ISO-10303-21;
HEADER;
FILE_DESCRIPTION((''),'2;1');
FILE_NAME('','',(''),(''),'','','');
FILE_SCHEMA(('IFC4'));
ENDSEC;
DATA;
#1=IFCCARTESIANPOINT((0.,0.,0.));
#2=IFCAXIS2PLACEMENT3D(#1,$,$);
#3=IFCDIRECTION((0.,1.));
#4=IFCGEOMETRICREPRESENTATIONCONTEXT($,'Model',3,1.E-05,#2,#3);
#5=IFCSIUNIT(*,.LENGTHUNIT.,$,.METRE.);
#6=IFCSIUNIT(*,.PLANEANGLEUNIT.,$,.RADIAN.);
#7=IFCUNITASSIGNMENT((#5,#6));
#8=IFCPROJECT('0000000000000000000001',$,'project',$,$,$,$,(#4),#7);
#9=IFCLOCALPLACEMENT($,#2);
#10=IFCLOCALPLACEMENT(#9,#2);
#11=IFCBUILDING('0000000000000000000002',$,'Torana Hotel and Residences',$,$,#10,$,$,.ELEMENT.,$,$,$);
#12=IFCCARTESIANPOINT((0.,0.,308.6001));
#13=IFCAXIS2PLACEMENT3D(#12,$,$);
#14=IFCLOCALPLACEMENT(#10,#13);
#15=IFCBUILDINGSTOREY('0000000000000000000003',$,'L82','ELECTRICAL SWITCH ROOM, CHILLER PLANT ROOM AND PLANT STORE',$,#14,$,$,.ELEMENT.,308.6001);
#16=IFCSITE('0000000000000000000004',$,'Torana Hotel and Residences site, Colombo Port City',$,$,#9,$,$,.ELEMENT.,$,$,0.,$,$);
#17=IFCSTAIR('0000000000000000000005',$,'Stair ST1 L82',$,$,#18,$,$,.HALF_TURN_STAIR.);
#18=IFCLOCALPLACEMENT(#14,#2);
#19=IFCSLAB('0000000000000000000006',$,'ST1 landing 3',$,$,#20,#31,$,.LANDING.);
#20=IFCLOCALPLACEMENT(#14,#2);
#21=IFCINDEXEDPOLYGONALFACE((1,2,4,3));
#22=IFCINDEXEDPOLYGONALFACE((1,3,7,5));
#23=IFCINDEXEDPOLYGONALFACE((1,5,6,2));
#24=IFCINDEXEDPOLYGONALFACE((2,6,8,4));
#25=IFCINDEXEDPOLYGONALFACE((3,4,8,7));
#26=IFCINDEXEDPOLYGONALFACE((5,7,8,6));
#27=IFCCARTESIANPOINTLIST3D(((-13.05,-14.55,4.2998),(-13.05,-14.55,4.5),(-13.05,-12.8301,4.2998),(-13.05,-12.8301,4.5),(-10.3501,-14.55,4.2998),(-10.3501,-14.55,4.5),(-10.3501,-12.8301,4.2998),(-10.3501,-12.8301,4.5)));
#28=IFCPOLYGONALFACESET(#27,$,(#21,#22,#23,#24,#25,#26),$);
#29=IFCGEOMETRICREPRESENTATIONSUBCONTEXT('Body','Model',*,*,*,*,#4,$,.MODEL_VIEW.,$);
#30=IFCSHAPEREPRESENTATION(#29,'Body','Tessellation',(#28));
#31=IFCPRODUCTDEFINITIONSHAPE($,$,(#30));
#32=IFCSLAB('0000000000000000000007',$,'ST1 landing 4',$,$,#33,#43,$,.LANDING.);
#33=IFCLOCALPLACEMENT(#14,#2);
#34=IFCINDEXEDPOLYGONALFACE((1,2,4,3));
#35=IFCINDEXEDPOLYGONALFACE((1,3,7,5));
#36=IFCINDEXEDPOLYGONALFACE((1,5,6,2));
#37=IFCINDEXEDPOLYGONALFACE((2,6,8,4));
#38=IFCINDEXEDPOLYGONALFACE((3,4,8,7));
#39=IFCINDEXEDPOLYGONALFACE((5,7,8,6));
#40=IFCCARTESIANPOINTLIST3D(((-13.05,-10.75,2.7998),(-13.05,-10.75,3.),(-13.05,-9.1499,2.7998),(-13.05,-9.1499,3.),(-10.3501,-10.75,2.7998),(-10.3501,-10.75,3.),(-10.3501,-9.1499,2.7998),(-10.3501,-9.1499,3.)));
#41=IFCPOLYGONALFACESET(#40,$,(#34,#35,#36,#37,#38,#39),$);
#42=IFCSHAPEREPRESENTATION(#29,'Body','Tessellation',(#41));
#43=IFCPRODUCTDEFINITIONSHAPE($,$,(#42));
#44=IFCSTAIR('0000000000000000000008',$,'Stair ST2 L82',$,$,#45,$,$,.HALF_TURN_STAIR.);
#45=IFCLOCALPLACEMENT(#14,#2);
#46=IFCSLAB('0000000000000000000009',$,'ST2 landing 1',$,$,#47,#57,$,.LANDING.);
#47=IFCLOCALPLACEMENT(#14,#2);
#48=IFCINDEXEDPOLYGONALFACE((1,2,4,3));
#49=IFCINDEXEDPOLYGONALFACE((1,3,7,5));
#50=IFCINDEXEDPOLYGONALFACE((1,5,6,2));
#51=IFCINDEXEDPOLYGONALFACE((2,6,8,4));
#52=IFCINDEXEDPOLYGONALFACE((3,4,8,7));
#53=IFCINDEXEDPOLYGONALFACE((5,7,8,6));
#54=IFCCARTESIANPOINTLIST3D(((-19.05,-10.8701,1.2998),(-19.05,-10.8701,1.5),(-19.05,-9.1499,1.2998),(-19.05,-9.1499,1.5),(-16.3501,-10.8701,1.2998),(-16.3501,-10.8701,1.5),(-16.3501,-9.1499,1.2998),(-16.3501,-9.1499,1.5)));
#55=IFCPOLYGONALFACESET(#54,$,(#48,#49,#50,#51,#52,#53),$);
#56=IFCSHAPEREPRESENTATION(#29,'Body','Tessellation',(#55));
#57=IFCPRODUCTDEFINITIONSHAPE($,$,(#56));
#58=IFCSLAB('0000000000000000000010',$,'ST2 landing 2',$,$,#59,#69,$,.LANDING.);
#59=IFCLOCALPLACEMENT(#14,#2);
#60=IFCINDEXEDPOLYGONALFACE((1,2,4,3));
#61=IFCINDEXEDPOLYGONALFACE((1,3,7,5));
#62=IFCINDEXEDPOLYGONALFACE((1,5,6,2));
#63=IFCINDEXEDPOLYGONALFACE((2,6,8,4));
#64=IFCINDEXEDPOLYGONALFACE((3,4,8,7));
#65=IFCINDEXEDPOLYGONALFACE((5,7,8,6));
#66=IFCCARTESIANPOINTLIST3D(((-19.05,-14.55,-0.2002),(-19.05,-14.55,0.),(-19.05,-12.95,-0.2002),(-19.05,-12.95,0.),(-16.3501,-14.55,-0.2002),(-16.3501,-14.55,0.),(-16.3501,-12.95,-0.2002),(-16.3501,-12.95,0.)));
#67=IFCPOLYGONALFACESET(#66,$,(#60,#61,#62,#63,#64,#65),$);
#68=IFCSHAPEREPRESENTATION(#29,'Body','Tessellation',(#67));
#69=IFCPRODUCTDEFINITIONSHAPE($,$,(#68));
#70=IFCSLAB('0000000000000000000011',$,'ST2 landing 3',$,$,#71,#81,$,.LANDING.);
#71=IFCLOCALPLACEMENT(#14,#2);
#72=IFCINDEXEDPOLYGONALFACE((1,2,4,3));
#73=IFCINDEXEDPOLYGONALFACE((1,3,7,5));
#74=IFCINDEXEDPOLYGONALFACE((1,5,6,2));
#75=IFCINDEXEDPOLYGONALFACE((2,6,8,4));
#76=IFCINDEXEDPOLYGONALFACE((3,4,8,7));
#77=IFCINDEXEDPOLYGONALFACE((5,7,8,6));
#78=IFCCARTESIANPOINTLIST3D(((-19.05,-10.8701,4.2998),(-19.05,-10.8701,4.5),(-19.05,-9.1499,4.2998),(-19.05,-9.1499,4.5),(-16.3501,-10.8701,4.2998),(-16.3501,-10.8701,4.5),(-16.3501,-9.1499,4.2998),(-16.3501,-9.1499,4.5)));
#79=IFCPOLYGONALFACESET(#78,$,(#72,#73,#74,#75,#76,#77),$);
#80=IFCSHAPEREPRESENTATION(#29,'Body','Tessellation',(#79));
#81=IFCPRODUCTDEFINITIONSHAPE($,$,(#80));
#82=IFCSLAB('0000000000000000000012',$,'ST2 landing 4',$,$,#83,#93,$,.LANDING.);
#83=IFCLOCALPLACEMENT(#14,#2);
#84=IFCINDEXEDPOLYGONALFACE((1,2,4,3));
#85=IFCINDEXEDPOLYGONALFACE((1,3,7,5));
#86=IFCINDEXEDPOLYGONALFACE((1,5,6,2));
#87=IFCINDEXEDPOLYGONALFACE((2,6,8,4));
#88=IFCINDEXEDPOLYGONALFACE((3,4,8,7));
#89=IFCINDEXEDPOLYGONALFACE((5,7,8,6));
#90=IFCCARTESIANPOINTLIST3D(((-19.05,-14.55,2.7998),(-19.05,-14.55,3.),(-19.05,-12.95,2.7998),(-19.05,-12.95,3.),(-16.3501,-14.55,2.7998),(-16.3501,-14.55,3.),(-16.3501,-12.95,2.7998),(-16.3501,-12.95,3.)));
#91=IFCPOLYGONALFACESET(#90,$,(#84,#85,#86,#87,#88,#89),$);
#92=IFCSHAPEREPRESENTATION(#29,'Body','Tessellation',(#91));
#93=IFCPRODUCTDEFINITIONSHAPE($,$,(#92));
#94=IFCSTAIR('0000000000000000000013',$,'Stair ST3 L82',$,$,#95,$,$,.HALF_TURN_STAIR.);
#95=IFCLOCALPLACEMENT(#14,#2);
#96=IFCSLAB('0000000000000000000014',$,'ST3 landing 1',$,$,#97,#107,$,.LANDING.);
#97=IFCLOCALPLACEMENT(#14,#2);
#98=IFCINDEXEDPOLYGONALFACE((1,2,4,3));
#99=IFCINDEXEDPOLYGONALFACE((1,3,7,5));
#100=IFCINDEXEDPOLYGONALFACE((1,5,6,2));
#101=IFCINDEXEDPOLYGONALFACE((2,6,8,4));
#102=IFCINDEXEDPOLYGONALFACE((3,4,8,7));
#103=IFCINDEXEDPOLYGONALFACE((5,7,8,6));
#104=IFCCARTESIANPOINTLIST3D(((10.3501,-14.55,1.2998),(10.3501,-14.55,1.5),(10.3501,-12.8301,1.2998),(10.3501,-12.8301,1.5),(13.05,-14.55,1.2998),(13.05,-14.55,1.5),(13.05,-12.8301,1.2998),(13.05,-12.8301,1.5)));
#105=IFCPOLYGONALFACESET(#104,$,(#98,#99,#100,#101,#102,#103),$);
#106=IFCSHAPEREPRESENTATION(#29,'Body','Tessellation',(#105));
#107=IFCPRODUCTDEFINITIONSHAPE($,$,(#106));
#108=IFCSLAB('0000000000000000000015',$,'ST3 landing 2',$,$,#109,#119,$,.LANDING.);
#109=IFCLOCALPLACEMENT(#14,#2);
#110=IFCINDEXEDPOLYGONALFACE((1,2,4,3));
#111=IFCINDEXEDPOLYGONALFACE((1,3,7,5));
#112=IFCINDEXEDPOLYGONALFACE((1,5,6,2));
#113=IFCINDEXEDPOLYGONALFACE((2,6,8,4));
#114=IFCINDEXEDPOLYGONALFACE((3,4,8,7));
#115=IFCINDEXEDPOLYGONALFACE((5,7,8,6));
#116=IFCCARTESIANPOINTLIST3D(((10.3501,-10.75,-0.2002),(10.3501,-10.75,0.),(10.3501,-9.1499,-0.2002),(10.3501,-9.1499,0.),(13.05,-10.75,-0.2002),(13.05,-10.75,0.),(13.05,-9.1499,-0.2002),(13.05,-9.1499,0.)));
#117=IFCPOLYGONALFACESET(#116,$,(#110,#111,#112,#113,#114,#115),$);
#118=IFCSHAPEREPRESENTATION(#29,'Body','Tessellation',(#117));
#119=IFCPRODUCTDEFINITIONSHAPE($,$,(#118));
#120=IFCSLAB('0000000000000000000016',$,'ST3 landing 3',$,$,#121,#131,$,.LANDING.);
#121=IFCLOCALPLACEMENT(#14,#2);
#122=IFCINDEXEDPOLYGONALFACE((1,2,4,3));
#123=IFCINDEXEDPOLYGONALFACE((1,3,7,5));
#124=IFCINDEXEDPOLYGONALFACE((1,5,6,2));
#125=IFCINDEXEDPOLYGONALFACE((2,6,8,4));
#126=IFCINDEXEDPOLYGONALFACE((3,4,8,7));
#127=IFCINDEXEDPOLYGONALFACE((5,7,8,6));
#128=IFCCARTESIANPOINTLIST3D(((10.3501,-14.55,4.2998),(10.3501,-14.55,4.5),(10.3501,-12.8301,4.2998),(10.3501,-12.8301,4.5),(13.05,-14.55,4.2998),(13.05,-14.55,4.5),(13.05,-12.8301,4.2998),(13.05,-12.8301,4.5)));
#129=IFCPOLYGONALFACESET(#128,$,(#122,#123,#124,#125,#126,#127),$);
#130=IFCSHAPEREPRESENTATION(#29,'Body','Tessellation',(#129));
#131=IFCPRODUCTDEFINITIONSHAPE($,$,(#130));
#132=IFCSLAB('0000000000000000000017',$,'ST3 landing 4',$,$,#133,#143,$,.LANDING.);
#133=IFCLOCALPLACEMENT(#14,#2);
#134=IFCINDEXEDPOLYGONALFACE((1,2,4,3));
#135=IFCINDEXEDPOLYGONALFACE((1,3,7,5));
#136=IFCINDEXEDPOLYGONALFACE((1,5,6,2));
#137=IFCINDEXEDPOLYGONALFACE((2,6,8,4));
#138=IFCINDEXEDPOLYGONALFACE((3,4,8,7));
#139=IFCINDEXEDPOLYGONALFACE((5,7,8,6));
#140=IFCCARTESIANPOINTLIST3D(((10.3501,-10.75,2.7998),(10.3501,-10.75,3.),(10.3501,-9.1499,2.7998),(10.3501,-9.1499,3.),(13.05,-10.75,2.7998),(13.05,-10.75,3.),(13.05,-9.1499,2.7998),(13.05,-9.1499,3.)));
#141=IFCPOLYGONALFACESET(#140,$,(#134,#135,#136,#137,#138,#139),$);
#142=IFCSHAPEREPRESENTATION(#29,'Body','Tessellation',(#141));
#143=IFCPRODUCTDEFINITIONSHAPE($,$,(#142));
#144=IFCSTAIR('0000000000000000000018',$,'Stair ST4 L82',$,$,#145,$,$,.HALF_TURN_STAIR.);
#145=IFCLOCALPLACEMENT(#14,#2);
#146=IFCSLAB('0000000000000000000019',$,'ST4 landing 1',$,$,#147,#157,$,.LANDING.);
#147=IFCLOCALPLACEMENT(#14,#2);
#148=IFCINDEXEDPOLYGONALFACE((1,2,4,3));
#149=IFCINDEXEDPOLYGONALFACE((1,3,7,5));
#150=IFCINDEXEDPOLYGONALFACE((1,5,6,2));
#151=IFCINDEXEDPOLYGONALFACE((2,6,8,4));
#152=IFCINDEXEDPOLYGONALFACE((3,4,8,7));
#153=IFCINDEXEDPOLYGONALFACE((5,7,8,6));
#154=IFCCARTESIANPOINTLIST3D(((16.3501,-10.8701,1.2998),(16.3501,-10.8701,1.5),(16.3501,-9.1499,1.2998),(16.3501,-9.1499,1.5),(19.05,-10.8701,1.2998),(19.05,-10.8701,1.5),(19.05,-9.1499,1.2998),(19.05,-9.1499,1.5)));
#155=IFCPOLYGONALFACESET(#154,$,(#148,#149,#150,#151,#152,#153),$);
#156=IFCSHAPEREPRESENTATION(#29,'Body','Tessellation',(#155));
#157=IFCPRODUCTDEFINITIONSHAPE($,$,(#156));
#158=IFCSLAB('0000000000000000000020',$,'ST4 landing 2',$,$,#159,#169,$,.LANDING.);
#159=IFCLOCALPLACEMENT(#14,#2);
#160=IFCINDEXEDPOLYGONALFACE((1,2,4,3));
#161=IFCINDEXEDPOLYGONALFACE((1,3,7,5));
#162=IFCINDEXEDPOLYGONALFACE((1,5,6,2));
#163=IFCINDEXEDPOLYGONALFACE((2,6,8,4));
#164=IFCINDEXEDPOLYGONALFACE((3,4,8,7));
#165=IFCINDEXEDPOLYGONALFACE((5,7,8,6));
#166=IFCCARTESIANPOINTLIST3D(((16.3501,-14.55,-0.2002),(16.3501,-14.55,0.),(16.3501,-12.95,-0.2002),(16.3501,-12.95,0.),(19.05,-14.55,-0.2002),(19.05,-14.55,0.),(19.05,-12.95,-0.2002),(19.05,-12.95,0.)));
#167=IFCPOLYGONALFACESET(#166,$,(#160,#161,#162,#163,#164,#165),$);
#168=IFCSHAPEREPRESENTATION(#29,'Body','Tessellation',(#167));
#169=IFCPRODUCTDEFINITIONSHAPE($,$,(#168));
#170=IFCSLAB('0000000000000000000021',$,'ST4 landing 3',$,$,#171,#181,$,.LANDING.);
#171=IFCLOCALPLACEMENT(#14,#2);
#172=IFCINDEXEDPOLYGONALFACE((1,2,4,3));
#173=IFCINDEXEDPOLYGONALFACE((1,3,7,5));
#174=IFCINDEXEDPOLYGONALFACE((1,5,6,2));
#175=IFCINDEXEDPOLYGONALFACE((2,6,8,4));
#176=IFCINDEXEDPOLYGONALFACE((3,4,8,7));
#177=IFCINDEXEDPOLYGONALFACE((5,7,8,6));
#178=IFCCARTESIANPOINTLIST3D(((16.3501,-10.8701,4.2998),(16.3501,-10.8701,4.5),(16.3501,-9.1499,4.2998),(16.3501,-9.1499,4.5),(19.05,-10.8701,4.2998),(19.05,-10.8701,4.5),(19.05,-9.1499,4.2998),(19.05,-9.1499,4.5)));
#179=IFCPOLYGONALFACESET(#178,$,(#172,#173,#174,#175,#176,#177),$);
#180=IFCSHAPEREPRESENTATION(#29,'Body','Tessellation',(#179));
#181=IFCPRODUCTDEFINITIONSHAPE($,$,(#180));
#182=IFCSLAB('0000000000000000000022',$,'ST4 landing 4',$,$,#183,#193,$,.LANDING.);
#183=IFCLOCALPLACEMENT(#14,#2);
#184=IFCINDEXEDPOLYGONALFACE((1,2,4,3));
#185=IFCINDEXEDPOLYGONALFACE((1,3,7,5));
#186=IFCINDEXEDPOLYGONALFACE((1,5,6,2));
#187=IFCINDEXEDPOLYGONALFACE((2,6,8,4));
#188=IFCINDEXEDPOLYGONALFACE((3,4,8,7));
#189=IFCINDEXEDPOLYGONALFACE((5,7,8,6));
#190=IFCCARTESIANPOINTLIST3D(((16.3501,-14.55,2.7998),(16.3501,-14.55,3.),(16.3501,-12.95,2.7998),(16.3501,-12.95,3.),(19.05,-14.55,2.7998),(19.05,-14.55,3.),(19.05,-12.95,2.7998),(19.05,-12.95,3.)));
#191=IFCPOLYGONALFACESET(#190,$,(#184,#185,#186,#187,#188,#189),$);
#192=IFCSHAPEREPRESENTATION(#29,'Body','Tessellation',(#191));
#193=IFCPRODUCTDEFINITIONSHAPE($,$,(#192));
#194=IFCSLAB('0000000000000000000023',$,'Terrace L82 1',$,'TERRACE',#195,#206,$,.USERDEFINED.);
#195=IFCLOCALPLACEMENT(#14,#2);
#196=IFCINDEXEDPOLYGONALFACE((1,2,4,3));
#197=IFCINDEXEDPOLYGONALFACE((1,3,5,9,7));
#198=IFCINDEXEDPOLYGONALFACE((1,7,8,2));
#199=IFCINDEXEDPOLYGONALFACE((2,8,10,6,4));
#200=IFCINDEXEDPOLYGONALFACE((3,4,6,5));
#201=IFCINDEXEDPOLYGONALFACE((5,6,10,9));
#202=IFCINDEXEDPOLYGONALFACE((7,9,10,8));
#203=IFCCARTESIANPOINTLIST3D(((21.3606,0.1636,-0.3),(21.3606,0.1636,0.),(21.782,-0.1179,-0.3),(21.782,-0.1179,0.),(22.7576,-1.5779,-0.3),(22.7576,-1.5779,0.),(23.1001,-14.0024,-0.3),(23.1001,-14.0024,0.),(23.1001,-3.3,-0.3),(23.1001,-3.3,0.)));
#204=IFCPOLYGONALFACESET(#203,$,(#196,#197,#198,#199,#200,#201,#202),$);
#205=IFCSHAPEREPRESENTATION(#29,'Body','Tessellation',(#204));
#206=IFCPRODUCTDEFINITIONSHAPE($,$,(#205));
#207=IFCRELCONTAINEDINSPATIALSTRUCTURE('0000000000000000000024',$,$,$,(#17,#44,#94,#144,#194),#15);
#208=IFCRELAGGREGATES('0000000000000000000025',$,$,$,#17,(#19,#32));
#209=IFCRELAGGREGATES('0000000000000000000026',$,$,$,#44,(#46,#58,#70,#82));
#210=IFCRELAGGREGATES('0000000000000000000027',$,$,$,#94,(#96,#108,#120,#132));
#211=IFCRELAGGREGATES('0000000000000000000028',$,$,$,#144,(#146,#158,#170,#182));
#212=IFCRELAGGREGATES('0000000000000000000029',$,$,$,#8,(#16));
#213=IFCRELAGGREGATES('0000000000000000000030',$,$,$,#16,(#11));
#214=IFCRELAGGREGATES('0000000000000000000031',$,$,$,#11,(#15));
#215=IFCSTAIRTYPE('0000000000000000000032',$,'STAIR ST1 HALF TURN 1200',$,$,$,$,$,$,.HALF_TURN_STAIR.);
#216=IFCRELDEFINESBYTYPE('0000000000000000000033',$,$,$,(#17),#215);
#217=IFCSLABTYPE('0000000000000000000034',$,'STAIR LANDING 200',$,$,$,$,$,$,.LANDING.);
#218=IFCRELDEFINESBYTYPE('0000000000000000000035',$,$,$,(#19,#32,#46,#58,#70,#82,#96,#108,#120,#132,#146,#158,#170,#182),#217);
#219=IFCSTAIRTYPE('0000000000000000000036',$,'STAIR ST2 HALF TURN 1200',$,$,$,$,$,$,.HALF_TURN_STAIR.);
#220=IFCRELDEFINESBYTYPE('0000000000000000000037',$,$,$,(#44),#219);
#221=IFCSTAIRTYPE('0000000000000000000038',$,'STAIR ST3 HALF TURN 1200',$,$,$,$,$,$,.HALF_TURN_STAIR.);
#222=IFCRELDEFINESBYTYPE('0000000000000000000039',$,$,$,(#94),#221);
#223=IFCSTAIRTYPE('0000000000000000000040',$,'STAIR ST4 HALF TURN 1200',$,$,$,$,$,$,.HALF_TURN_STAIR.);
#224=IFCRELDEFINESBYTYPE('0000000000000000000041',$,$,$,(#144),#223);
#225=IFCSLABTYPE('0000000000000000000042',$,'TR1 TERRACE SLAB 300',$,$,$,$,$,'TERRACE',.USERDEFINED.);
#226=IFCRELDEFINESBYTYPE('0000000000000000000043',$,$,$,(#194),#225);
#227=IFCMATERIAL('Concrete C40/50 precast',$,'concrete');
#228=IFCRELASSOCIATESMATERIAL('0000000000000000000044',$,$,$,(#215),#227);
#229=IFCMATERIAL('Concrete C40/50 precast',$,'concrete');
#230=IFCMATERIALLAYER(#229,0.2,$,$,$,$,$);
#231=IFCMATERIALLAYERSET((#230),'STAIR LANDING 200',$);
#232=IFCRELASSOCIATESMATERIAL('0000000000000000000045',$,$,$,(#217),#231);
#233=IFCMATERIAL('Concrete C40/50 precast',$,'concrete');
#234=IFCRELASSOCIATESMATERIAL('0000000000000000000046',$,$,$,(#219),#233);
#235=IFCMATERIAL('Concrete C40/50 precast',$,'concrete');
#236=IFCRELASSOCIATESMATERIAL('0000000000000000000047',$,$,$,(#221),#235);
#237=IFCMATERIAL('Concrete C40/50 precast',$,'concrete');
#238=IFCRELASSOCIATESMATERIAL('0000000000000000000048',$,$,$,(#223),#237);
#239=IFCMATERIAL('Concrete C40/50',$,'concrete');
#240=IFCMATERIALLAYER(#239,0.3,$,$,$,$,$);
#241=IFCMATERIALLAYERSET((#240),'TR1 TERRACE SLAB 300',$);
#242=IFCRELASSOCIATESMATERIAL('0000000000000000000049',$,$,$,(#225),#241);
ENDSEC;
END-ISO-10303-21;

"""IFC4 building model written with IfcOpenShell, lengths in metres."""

from ifc_helpers import new_model, si_unit, direction, frame, origin, place, context, subcontext, project, spatial, polyline, outline, extrude, material, layer, layer_set, type_object, element, aggregate, save


model = new_model("IFC4")

# Units and contexts
model_context = context("Model", 3, precision=1e-05, world=origin(), true_north=direction((0.0, 1.0)))
body_context = subcontext(model_context, "Body", "Model", "MODEL_VIEW")
ifc_project = project(units=[si_unit("LENGTHUNIT", "METRE"), si_unit("PLANEANGLEUNIT", "RADIAN")], contexts=[model_context])

# Site, building, storey
site_placement = place(None, origin())
site = spatial("IfcSite", under=ifc_project, at=site_placement, Name="Torana Hotel and Residences site, Colombo Port City", CompositionType="ELEMENT", RefElevation=0.0)
building_placement = place(site_placement, origin())
building = spatial("IfcBuilding", under=site, at=building_placement, Name="Torana Hotel and Residences", CompositionType="ELEMENT")
storey_placement = place(building_placement, frame((0.0, 0.0, 308.6001)))
storey = spatial("IfcBuildingStorey", under=building, at=storey_placement, Name="L82", Description="ELECTRICAL SWITCH ROOM, CHILLER PLANT ROOM AND PLANT STORE", CompositionType="ELEMENT", Elevation=308.6001)

# Stairs, slabs
ifc_material_1 = material(Name="Concrete C40/50 precast", Category="concrete")
stair_type_1 = type_object("IfcStairType", Name="STAIR ST1 HALF TURN 1200", PredefinedType="HALF_TURN_STAIR", material=ifc_material_1)
stair_1_placement = place(storey_placement, origin())
stair_1 = element("IfcStair", 1, at=stair_1_placement, inside=storey, type_object=stair_type_1, Name="Stair ST1 L82", PredefinedType="HALF_TURN_STAIR")
ifc_material_2 = material(Name="Concrete C40/50 precast", Category="concrete")
ifc_layer_1 = layer(ifc_material_2, 0.2)
ifc_layer_set_1 = layer_set([ifc_layer_1], Name="STAIR LANDING 200")
slab_type_1 = type_object("IfcSlabType", Name="STAIR LANDING 200", PredefinedType="LANDING", material=ifc_layer_set_1)
slab_1_placement = place(storey_placement, frame((0.0, 0.0, 4.2998)))
slab_1 = element("IfcSlab", 2, at=slab_1_placement, type_object=slab_type_1, Name="ST1 landing 3", PredefinedType="LANDING", context=body_context, shape_type="SweptSolid", body=[
    extrude(outline(polyline([(-13.05, -14.55), (-10.3501, -14.55), (-10.3501, -12.8301), (-13.05, -12.8301), (-13.05, -14.55)])), origin(), (0.0, 0.0, 1.0), 0.2002),
])
slab_2_placement = place(storey_placement, frame((0.0, 0.0, 2.7998)))
slab_2 = element("IfcSlab", 3, at=slab_2_placement, type_object=slab_type_1, Name="ST1 landing 4", PredefinedType="LANDING", context=body_context, shape_type="SweptSolid", body=[
    extrude(outline(polyline([(-13.05, -10.75), (-10.3501, -10.75), (-10.3501, -9.1499), (-13.05, -9.1499), (-13.05, -10.75)])), origin(), (0.0, 0.0, 1.0), 0.2002),
])
aggregate(stair_1, [slab_1, slab_2])
ifc_material_3 = material(Name="Concrete C40/50 precast", Category="concrete")
stair_type_2 = type_object("IfcStairType", Name="STAIR ST2 HALF TURN 1200", PredefinedType="HALF_TURN_STAIR", material=ifc_material_3)
stair_2_placement = place(storey_placement, origin())
stair_2 = element("IfcStair", 4, at=stair_2_placement, inside=storey, type_object=stair_type_2, Name="Stair ST2 L82", PredefinedType="HALF_TURN_STAIR")
slab_3_placement = place(storey_placement, frame((0.0, 0.0, 1.2998)))
slab_3 = element("IfcSlab", 5, at=slab_3_placement, type_object=slab_type_1, Name="ST2 landing 1", PredefinedType="LANDING", context=body_context, shape_type="SweptSolid", body=[
    extrude(outline(polyline([(-19.05, -10.8701), (-16.3501, -10.8701), (-16.3501, -9.1499), (-19.05, -9.1499), (-19.05, -10.8701)])), origin(), (0.0, 0.0, 1.0), 0.2002),
])
slab_4_placement = place(storey_placement, frame((0.0, 0.0, -0.2002)))
slab_4 = element("IfcSlab", 6, at=slab_4_placement, type_object=slab_type_1, Name="ST2 landing 2", PredefinedType="LANDING", context=body_context, shape_type="SweptSolid", body=[
    extrude(outline(polyline([(-19.05, -14.55), (-16.3501, -14.55), (-16.3501, -12.95), (-19.05, -12.95), (-19.05, -14.55)])), origin(), (0.0, 0.0, 1.0), 0.2002),
])
slab_5_placement = place(storey_placement, frame((0.0, 0.0, 4.2998)))
slab_5 = element("IfcSlab", 7, at=slab_5_placement, type_object=slab_type_1, Name="ST2 landing 3", PredefinedType="LANDING", context=body_context, shape_type="SweptSolid", body=[
    extrude(outline(polyline([(-19.05, -10.8701), (-16.3501, -10.8701), (-16.3501, -9.1499), (-19.05, -9.1499), (-19.05, -10.8701)])), origin(), (0.0, 0.0, 1.0), 0.2002),
])
slab_6_placement = place(storey_placement, frame((0.0, 0.0, 2.7998)))
slab_6 = element("IfcSlab", 8, at=slab_6_placement, type_object=slab_type_1, Name="ST2 landing 4", PredefinedType="LANDING", context=body_context, shape_type="SweptSolid", body=[
    extrude(outline(polyline([(-19.05, -14.55), (-16.3501, -14.55), (-16.3501, -12.95), (-19.05, -12.95), (-19.05, -14.55)])), origin(), (0.0, 0.0, 1.0), 0.2002),
])
aggregate(stair_2, [slab_3, slab_4, slab_5, slab_6])
ifc_material_4 = material(Name="Concrete C40/50 precast", Category="concrete")
stair_type_3 = type_object("IfcStairType", Name="STAIR ST3 HALF TURN 1200", PredefinedType="HALF_TURN_STAIR", material=ifc_material_4)
stair_3_placement = place(storey_placement, origin())
stair_3 = element("IfcStair", 9, at=stair_3_placement, inside=storey, type_object=stair_type_3, Name="Stair ST3 L82", PredefinedType="HALF_TURN_STAIR")
slab_7_placement = place(storey_placement, frame((0.0, 0.0, 1.2998)))
slab_7 = element("IfcSlab", 10, at=slab_7_placement, type_object=slab_type_1, Name="ST3 landing 1", PredefinedType="LANDING", context=body_context, shape_type="SweptSolid", body=[
    extrude(outline(polyline([(10.3501, -14.55), (13.05, -14.55), (13.05, -12.8301), (10.3501, -12.8301), (10.3501, -14.55)])), origin(), (0.0, 0.0, 1.0), 0.2002),
])
slab_8_placement = place(storey_placement, frame((0.0, 0.0, -0.2002)))
slab_8 = element("IfcSlab", 11, at=slab_8_placement, type_object=slab_type_1, Name="ST3 landing 2", PredefinedType="LANDING", context=body_context, shape_type="SweptSolid", body=[
    extrude(outline(polyline([(10.3501, -10.75), (13.05, -10.75), (13.05, -9.1499), (10.3501, -9.1499), (10.3501, -10.75)])), origin(), (0.0, 0.0, 1.0), 0.2002),
])
slab_9_placement = place(storey_placement, frame((0.0, 0.0, 4.2998)))
slab_9 = element("IfcSlab", 12, at=slab_9_placement, type_object=slab_type_1, Name="ST3 landing 3", PredefinedType="LANDING", context=body_context, shape_type="SweptSolid", body=[
    extrude(outline(polyline([(10.3501, -14.55), (13.05, -14.55), (13.05, -12.8301), (10.3501, -12.8301), (10.3501, -14.55)])), origin(), (0.0, 0.0, 1.0), 0.2002),
])
slab_10_placement = place(storey_placement, frame((0.0, 0.0, 2.7998)))
slab_10 = element("IfcSlab", 13, at=slab_10_placement, type_object=slab_type_1, Name="ST3 landing 4", PredefinedType="LANDING", context=body_context, shape_type="SweptSolid", body=[
    extrude(outline(polyline([(10.3501, -10.75), (13.05, -10.75), (13.05, -9.1499), (10.3501, -9.1499), (10.3501, -10.75)])), origin(), (0.0, 0.0, 1.0), 0.2002),
])
aggregate(stair_3, [slab_7, slab_8, slab_9, slab_10])
ifc_material_5 = material(Name="Concrete C40/50 precast", Category="concrete")
stair_type_4 = type_object("IfcStairType", Name="STAIR ST4 HALF TURN 1200", PredefinedType="HALF_TURN_STAIR", material=ifc_material_5)
stair_4_placement = place(storey_placement, origin())
stair_4 = element("IfcStair", 14, at=stair_4_placement, inside=storey, type_object=stair_type_4, Name="Stair ST4 L82", PredefinedType="HALF_TURN_STAIR")
slab_11_placement = place(storey_placement, frame((0.0, 0.0, 1.2998)))
slab_11 = element("IfcSlab", 15, at=slab_11_placement, type_object=slab_type_1, Name="ST4 landing 1", PredefinedType="LANDING", context=body_context, shape_type="SweptSolid", body=[
    extrude(outline(polyline([(16.3501, -10.8701), (19.05, -10.8701), (19.05, -9.1499), (16.3501, -9.1499), (16.3501, -10.8701)])), origin(), (0.0, 0.0, 1.0), 0.2002),
])
slab_12_placement = place(storey_placement, frame((0.0, 0.0, -0.2002)))
slab_12 = element("IfcSlab", 16, at=slab_12_placement, type_object=slab_type_1, Name="ST4 landing 2", PredefinedType="LANDING", context=body_context, shape_type="SweptSolid", body=[
    extrude(outline(polyline([(16.3501, -14.55), (19.05, -14.55), (19.05, -12.95), (16.3501, -12.95), (16.3501, -14.55)])), origin(), (0.0, 0.0, 1.0), 0.2002),
])
slab_13_placement = place(storey_placement, frame((0.0, 0.0, 4.2998)))
slab_13 = element("IfcSlab", 17, at=slab_13_placement, type_object=slab_type_1, Name="ST4 landing 3", PredefinedType="LANDING", context=body_context, shape_type="SweptSolid", body=[
    extrude(outline(polyline([(16.3501, -10.8701), (19.05, -10.8701), (19.05, -9.1499), (16.3501, -9.1499), (16.3501, -10.8701)])), origin(), (0.0, 0.0, 1.0), 0.2002),
])
slab_14_placement = place(storey_placement, frame((0.0, 0.0, 2.7998)))
slab_14 = element("IfcSlab", 18, at=slab_14_placement, type_object=slab_type_1, Name="ST4 landing 4", PredefinedType="LANDING", context=body_context, shape_type="SweptSolid", body=[
    extrude(outline(polyline([(16.3501, -14.55), (19.05, -14.55), (19.05, -12.95), (16.3501, -12.95), (16.3501, -14.55)])), origin(), (0.0, 0.0, 1.0), 0.2002),
])
aggregate(stair_4, [slab_11, slab_12, slab_13, slab_14])

# Slab
ifc_material_6 = material(Name="Concrete C40/50", Category="concrete")
ifc_layer_2 = layer(ifc_material_6, 0.3)
ifc_layer_set_2 = layer_set([ifc_layer_2], Name="TR1 TERRACE SLAB 300")
slab_type_2 = type_object("IfcSlabType", Name="TR1 TERRACE SLAB 300", ElementType="TERRACE", PredefinedType="USERDEFINED", material=ifc_layer_set_2)
slab_15_placement = place(storey_placement, frame((0.0, 0.0, -0.3)))
element("IfcSlab", 19, at=slab_15_placement, inside=storey, type_object=slab_type_2, Name="Terrace L82 1", ObjectType="TERRACE", PredefinedType="USERDEFINED", context=body_context, shape_type="SweptSolid", body=[
    extrude(outline(polyline([(21.782, -0.1179), (22.7576, -1.5779), (23.1001, -3.3), (23.1001, -14.0024), (21.3606, 0.1636), (21.782, -0.1179)])), origin(), (0.0, 0.0, 1.0), 0.3),
])

save(model, "model.ifc")
